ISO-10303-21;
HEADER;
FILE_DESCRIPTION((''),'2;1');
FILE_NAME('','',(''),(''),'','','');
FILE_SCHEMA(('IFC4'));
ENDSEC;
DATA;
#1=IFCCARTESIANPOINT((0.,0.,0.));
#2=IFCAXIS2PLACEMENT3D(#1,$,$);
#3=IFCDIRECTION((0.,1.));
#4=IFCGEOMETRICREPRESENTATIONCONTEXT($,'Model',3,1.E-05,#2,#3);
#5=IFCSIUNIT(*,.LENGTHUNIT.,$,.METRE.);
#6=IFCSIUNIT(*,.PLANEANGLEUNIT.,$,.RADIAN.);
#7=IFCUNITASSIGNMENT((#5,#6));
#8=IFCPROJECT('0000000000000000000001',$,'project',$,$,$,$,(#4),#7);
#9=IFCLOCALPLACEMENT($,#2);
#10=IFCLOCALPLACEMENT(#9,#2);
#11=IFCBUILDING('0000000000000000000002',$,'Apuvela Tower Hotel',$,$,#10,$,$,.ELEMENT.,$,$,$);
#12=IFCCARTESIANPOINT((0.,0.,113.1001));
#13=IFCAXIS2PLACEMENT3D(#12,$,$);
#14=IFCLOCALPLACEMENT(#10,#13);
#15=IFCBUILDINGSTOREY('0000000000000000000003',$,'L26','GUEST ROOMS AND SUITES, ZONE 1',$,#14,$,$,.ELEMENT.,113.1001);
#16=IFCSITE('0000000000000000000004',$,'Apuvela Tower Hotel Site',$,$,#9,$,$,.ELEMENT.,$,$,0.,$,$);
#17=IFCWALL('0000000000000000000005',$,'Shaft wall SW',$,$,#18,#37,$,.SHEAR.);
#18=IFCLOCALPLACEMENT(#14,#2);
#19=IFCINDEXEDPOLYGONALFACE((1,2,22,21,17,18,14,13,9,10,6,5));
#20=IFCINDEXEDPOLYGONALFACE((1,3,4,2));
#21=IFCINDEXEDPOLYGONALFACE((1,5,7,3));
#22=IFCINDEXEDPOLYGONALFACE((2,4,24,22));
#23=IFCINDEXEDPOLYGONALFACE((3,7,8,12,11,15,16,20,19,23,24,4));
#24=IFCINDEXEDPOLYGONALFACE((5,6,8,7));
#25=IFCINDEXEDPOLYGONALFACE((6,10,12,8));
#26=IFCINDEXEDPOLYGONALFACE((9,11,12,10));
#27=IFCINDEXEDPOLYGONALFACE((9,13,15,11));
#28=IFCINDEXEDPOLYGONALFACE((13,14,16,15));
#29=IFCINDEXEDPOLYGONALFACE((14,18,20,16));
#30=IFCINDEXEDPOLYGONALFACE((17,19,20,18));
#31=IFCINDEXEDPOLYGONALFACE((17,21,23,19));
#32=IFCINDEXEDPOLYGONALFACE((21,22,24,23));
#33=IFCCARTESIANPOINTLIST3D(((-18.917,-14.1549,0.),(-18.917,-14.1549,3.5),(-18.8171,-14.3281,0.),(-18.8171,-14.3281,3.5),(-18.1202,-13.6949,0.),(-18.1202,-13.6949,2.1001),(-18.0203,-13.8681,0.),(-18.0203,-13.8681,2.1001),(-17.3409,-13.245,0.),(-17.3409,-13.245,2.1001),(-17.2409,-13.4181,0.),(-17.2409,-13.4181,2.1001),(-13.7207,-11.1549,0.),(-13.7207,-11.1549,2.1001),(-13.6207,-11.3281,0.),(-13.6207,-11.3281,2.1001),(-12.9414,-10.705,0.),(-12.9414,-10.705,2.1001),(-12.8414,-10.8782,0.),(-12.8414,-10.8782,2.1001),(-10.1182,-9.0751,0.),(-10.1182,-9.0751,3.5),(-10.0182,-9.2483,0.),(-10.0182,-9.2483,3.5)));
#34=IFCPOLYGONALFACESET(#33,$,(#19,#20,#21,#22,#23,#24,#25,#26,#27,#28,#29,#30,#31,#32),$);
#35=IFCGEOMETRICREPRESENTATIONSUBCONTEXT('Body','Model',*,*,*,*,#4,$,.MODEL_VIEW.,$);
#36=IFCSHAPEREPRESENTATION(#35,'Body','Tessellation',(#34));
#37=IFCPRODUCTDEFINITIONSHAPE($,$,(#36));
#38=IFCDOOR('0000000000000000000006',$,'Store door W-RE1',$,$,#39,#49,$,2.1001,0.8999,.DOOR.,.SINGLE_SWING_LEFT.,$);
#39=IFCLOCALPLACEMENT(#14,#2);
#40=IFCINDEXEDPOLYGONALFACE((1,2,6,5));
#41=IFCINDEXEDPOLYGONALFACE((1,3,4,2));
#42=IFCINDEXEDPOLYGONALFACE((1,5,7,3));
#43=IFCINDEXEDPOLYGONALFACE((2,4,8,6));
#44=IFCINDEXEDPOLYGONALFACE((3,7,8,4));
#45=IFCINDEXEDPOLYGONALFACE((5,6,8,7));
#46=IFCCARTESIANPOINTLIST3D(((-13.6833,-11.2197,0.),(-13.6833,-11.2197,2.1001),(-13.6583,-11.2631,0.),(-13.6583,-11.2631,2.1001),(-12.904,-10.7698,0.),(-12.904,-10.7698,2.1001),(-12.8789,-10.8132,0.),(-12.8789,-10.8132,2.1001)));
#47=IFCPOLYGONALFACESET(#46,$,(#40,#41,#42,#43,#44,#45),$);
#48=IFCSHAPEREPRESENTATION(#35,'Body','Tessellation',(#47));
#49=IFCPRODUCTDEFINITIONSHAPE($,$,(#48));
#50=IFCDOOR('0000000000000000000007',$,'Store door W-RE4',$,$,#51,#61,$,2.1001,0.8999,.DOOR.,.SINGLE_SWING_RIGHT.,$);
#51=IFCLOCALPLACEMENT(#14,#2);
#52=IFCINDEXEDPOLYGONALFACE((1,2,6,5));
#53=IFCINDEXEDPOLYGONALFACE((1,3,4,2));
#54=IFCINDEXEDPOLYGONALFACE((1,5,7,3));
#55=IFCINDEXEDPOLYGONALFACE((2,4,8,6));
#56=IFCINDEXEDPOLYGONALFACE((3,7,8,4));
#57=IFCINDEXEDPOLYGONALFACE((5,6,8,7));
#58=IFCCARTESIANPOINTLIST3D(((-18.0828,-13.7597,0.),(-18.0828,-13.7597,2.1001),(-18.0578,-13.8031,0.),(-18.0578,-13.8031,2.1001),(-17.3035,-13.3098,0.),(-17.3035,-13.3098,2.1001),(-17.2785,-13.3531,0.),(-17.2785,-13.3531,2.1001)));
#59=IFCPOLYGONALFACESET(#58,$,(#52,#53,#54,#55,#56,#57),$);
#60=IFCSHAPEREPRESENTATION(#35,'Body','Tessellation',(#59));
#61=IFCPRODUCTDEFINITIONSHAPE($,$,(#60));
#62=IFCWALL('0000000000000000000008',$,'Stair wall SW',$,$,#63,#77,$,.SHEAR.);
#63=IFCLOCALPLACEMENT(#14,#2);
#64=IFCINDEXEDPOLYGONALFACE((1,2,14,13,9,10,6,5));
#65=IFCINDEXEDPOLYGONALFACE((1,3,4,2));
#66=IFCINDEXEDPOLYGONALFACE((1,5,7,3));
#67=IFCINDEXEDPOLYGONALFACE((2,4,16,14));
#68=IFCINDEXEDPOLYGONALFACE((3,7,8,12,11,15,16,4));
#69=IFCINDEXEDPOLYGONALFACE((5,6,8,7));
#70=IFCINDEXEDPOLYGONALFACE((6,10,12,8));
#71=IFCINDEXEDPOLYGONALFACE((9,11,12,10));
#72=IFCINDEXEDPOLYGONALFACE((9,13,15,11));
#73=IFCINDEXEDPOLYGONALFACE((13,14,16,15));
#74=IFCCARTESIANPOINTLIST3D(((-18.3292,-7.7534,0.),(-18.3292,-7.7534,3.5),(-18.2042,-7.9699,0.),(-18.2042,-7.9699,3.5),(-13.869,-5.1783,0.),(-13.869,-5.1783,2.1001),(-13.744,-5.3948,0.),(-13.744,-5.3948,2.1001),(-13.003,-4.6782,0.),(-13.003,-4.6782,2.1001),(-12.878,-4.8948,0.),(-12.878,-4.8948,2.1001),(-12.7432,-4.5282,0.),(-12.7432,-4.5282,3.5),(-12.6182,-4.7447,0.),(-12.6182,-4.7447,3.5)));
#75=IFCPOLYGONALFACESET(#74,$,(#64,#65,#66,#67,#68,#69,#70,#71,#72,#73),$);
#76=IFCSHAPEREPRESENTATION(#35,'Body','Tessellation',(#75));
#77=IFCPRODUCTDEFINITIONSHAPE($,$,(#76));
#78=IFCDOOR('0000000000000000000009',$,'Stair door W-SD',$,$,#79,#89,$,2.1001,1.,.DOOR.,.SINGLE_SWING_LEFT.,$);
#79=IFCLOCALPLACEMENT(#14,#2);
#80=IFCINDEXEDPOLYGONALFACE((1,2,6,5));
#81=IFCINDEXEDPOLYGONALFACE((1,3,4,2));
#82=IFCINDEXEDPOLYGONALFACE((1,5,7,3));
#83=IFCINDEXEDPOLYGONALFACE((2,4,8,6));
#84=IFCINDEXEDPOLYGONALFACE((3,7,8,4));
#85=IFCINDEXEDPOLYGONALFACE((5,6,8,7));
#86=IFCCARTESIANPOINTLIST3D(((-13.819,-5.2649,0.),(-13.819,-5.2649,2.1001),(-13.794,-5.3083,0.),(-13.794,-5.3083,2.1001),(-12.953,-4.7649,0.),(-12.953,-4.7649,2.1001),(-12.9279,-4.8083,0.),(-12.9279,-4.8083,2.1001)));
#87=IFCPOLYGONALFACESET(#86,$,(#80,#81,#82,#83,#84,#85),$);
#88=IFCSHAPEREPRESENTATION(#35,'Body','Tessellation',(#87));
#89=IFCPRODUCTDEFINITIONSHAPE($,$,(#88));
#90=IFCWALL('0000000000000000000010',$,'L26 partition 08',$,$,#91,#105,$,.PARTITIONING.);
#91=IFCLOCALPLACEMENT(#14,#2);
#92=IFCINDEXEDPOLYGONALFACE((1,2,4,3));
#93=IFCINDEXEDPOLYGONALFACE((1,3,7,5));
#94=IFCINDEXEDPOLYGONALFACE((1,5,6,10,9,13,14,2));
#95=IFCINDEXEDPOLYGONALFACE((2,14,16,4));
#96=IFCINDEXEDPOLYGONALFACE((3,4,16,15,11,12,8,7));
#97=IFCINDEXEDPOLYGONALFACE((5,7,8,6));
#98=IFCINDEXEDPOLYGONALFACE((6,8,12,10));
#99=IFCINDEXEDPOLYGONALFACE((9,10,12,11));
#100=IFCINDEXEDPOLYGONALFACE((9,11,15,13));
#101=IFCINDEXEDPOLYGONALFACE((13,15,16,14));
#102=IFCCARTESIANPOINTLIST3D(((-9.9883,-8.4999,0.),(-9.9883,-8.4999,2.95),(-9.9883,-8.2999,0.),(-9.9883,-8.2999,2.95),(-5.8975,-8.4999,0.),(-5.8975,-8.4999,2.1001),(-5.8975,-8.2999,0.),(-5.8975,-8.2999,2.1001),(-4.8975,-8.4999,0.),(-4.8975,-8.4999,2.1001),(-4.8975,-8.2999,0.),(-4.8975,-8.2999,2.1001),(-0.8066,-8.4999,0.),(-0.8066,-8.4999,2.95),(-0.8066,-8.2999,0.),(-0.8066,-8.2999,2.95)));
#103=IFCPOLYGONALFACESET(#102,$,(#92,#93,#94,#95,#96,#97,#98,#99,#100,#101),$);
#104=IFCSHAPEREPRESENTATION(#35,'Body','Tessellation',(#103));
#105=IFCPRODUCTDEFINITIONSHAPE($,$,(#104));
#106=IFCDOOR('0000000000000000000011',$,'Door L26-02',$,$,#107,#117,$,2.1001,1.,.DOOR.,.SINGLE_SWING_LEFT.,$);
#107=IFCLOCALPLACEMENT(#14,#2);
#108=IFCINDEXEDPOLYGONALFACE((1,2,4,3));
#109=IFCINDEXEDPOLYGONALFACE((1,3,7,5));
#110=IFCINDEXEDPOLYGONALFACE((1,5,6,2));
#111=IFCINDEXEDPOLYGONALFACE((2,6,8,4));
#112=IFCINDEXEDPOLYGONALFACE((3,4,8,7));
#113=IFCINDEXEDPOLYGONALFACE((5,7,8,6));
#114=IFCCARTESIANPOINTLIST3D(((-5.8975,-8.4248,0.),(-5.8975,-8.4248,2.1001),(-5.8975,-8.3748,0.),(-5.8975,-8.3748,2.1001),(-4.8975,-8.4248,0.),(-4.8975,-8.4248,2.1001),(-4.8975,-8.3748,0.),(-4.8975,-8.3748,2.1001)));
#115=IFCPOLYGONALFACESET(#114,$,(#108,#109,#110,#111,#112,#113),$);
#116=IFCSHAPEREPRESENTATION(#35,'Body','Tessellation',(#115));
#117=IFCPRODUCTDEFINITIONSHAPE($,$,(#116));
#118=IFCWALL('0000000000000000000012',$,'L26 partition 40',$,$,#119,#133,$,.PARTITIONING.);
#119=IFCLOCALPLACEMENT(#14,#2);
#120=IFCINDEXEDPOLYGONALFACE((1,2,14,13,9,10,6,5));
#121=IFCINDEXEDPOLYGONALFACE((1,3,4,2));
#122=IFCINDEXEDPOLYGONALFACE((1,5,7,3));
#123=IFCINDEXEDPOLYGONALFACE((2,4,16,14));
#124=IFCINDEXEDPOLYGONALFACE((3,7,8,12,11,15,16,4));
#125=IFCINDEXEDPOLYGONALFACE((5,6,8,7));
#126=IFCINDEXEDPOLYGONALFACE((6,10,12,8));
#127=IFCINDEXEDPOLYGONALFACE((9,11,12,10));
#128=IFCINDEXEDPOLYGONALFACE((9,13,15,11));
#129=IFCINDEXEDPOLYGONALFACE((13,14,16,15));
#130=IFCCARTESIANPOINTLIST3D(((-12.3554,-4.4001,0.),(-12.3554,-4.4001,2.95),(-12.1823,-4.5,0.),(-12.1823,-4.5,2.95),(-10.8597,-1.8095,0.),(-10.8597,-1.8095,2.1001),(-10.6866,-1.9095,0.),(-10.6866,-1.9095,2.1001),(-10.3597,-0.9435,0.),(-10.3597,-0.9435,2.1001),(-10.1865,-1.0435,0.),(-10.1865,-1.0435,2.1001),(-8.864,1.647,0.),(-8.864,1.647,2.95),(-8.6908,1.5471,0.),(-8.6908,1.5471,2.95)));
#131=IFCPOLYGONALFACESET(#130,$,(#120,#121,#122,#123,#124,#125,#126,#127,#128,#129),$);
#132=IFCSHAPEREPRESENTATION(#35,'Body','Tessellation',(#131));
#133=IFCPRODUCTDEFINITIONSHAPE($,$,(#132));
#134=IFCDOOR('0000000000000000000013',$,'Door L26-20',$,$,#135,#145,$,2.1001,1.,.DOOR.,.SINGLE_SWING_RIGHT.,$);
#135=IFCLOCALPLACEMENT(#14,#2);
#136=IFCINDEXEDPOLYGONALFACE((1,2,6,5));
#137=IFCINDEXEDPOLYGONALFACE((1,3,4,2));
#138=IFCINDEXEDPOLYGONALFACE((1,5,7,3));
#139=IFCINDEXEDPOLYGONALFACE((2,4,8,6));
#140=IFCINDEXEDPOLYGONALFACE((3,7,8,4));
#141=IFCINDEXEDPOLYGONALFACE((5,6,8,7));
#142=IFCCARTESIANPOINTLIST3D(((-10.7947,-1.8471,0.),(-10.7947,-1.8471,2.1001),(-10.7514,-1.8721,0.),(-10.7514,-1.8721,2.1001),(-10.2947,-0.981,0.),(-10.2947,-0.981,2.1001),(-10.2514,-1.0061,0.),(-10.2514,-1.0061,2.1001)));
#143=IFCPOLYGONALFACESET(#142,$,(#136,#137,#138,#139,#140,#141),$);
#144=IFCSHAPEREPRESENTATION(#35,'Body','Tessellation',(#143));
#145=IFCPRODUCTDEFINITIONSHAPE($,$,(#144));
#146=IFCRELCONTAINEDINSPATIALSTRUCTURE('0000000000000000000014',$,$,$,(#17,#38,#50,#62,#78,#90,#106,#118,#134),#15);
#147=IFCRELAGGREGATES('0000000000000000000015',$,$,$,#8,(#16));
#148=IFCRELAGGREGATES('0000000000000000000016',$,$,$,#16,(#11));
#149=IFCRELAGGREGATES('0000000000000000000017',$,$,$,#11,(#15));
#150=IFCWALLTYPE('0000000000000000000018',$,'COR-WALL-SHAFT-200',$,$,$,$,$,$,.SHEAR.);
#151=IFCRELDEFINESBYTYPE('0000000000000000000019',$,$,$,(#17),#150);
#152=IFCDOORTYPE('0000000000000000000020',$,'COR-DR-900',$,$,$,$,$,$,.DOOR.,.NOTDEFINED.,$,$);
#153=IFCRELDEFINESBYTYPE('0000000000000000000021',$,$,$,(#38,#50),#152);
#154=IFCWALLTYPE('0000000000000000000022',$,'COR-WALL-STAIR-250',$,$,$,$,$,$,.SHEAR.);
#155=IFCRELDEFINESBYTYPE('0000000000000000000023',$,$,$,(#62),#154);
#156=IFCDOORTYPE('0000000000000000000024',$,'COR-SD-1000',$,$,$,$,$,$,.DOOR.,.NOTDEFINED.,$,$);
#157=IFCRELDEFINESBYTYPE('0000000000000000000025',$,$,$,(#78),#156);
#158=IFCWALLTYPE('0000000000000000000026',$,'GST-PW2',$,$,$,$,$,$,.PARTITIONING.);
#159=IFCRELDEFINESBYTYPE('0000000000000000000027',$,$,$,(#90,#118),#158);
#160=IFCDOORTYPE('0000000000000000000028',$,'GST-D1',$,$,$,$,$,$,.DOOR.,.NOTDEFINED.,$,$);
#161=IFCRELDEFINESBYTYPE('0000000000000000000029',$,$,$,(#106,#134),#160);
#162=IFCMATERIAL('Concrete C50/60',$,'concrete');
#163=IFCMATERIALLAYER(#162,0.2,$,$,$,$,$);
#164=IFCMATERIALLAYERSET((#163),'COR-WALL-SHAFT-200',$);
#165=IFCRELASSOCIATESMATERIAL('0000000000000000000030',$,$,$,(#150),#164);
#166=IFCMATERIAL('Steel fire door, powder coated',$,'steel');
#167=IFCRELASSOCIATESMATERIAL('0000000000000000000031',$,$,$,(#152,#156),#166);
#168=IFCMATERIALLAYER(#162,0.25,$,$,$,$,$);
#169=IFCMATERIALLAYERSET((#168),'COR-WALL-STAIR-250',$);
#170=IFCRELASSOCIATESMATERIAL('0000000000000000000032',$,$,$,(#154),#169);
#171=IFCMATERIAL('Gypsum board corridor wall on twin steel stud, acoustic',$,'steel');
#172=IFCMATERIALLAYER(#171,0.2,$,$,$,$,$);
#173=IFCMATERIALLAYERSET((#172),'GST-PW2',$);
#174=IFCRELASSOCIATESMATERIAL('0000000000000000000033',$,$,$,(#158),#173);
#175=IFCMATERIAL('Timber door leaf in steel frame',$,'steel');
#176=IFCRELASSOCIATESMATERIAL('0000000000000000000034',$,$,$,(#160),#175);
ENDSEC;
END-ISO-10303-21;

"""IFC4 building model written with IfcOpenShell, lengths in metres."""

from ifc_helpers import new_model, si_unit, direction, frame, frame_2d, origin, place, context, subcontext, project, spatial, rectangle, extrude, material, layer, layer_set, type_object, element, fill, save


model = new_model("IFC4")

# Units and contexts
model_context = context("Model", 3, precision=1e-05, world=origin(), true_north=direction((0.0, 1.0)))
body_context = subcontext(model_context, "Body", "Model", "MODEL_VIEW")
ifc_project = project(units=[si_unit("LENGTHUNIT", "METRE"), si_unit("PLANEANGLEUNIT", "RADIAN")], contexts=[model_context])

# Site, building, storey
site_placement = place(None, origin())
site = spatial("IfcSite", under=ifc_project, at=site_placement, Name="Apuvela Tower Hotel Site", CompositionType="ELEMENT", RefElevation=0.0)
building_placement = place(site_placement, origin())
building = spatial("IfcBuilding", under=site, at=building_placement, Name="Apuvela Tower Hotel", CompositionType="ELEMENT")
storey_placement = place(building_placement, frame((0.0, 0.0, 113.1001)))
storey = spatial("IfcBuildingStorey", under=building, at=storey_placement, Name="L26", Description="GUEST ROOMS AND SUITES, ZONE 1", CompositionType="ELEMENT", Elevation=113.1001)

# Shared definitions
ifc_material_1 = material(Name="Concrete C50/60", Category="concrete")
ifc_material_2 = material(Name="Steel fire door, powder coated", Category="steel")

# Shared definitions
ifc_layer_1 = layer(ifc_material_1, 0.2)
ifc_layer_set_1 = layer_set([ifc_layer_1], Name="COR-WALL-SHAFT-200")
wall_type_1 = type_object("IfcWallType", Name="COR-WALL-SHAFT-200", PredefinedType="SHEAR", material=ifc_layer_set_1)

# Wall, openings, doors
wall_1_placement = place(storey_placement, frame((-10.0681, -9.1616, 0.0), z_axis=(0.0, 0.0, 1.0), x_axis=(-0.866033, -0.499987, 0.0)))
wall_1 = element("IfcWall", 1, at=wall_1_placement, inside=storey, type_object=wall_type_1, Name="Shaft wall SW", PredefinedType="SHEAR", context=body_context, shape_type="SweptSolid", body=[
    extrude(rectangle(XDim=10.1599, YDim=0.2, at=frame_2d((5.0801, 0.0))), origin(), (0.0, 0.0, 1.0), 3.5),
])
opening_1_placement = place(wall_1_placement, frame((3.26, 0.0, 0.0)))
opening_1 = element("IfcOpeningElement", 2, at=opening_1_placement, cuts=wall_1, PredefinedType="OPENING", context=body_context, shape_type="SweptSolid", body=[
    extrude(rectangle(XDim=0.8999, YDim=2.1001, at=frame_2d((0.45, 1.05))), frame((0.0, 0.1099, 0.0), z_axis=(0.0, -1.0, 0.0), x_axis=(1.0, 0.0, 0.0)), (0.0, 0.0, 1.0), 0.22),
])
opening_2_placement = place(wall_1_placement, frame((8.3401, 0.0, 0.0)))
opening_2 = element("IfcOpeningElement", 3, at=opening_2_placement, cuts=wall_1, PredefinedType="OPENING", context=body_context, shape_type="SweptSolid", body=[
    extrude(rectangle(XDim=0.8999, YDim=2.1001, at=frame_2d((0.45, 1.05))), frame((0.0, 0.1099, 0.0), z_axis=(0.0, -1.0, 0.0), x_axis=(1.0, 0.0, 0.0)), (0.0, 0.0, 1.0), 0.22),
])
door_type_1 = type_object("IfcDoorType", Name="COR-DR-900", OperationType="NOTDEFINED", PredefinedType="DOOR", material=ifc_material_2)
door_1_placement = place(opening_1_placement, origin())
door_1 = element("IfcDoor", 4, at=door_1_placement, inside=storey, type_object=door_type_1, Name="Store door W-RE1", OperationType="SINGLE_SWING_LEFT", OverallHeight=2.1001, OverallWidth=0.8999, PredefinedType="DOOR", context=body_context, shape_type="SweptSolid", body=[
    extrude(rectangle(XDim=0.8999, YDim=2.1001, at=frame_2d((0.45, 1.05))), frame((0.0, 0.0249, 0.0), z_axis=(0.0, -1.0, 0.0), x_axis=(1.0, 0.0, 0.0)), (0.0, 0.0, 1.0), 0.05),
])
fill(opening_1, door_1)
door_2_placement = place(opening_2_placement, origin())
door_2 = element("IfcDoor", 5, at=door_2_placement, inside=storey, type_object=door_type_1, Name="Store door W-RE4", OperationType="SINGLE_SWING_RIGHT", OverallHeight=2.1001, OverallWidth=0.8999, PredefinedType="DOOR", context=body_context, shape_type="SweptSolid", body=[
    extrude(rectangle(XDim=0.8999, YDim=2.1001, at=frame_2d((0.45, 1.05))), frame((0.0, 0.0249, 0.0), z_axis=(0.0, -1.0, 0.0), x_axis=(1.0, 0.0, 0.0)), (0.0, 0.0, 1.0), 0.05),
])
fill(opening_2, door_2)

# Walls, openings, doors
ifc_layer_2 = layer(ifc_material_1, 0.25)
ifc_layer_set_2 = layer_set([ifc_layer_2], Name="COR-WALL-STAIR-250")
wall_type_2 = type_object("IfcWallType", Name="COR-WALL-STAIR-250", PredefinedType="SHEAR", material=ifc_layer_set_2)
wall_2_placement = place(storey_placement, frame((-12.6807, -4.6365, 0.0), z_axis=(0.0, 0.0, 1.0), x_axis=(-0.866022, -0.500006, 0.0)))
wall_2 = element("IfcWall", 6, at=wall_2_placement, inside=storey, type_object=wall_type_2, Name="Stair wall SW", PredefinedType="SHEAR", context=body_context, shape_type="SweptSolid", body=[
    extrude(rectangle(XDim=6.4502, YDim=0.25, at=frame_2d((3.2251, 0.0))), origin(), (0.0, 0.0, 1.0), 3.5),
])
opening_3_placement = place(wall_2_placement, frame((0.3, 0.0, 0.0)))
opening_3 = element("IfcOpeningElement", 7, at=opening_3_placement, cuts=wall_2, PredefinedType="OPENING", context=body_context, shape_type="SweptSolid", body=[
    extrude(rectangle(XDim=1.0, YDim=2.1001, at=frame_2d((0.5, 1.05))), frame((0.0, 0.135, 0.0), z_axis=(0.0, -1.0, 0.0), x_axis=(1.0, 0.0, 0.0)), (0.0, 0.0, 1.0), 0.27),
])
door_type_2 = type_object("IfcDoorType", Name="COR-SD-1000", OperationType="NOTDEFINED", PredefinedType="DOOR", material=ifc_material_2)
door_3_placement = place(opening_3_placement, frame((1.0, 0.0, 0.0), z_axis=(0.0, 0.0, 1.0), x_axis=(-1.0, 0.0, 0.0)))
door_3 = element("IfcDoor", 8, at=door_3_placement, inside=storey, type_object=door_type_2, Name="Stair door W-SD", OperationType="SINGLE_SWING_LEFT", OverallHeight=2.1001, OverallWidth=1.0, PredefinedType="DOOR", context=body_context, shape_type="SweptSolid", body=[
    extrude(rectangle(XDim=1.0, YDim=2.1001, at=frame_2d((0.5, 1.05))), frame((0.0, 0.0249, 0.0), z_axis=(0.0, -1.0, 0.0), x_axis=(1.0, 0.0, 0.0)), (0.0, 0.0, 1.0), 0.05),
])
fill(opening_3, door_3)
ifc_material_3 = material(Name="Gypsum board corridor wall on twin steel stud, acoustic", Category="steel")
ifc_layer_3 = layer(ifc_material_3, 0.2)
ifc_layer_set_3 = layer_set([ifc_layer_3], Name="GST-PW2")
wall_type_3 = type_object("IfcWallType", Name="GST-PW2", PredefinedType="PARTITIONING", material=ifc_layer_set_3)
wall_3_placement = place(storey_placement, frame((-0.8066, -8.3999, 0.0), z_axis=(0.0, 0.0, 1.0), x_axis=(-1.0, 0.0, 0.0)))
wall_3 = element("IfcWall", 9, at=wall_3_placement, inside=storey, type_object=wall_type_3, Name="L26 partition 08", PredefinedType="PARTITIONING", context=body_context, shape_type="SweptSolid", body=[
    extrude(rectangle(XDim=9.1816, YDim=0.2, at=frame_2d((4.5908, 0.0))), origin(), (0.0, 0.0, 1.0), 2.95),
])
opening_4_placement = place(wall_3_placement, frame((4.0908, 0.0, 0.0)))
opening_4 = element("IfcOpeningElement", 10, at=opening_4_placement, cuts=wall_3, PredefinedType="OPENING", context=body_context, shape_type="SweptSolid", body=[
    extrude(rectangle(XDim=1.0, YDim=2.1001, at=frame_2d((0.5, 1.05))), frame((0.0, 0.1099, 0.0), z_axis=(0.0, -1.0, 0.0), x_axis=(1.0, 0.0, 0.0)), (0.0, 0.0, 1.0), 0.22),
])
ifc_material_4 = material(Name="Timber door leaf in steel frame", Category="steel")
door_type_3 = type_object("IfcDoorType", Name="GST-D1", OperationType="NOTDEFINED", PredefinedType="DOOR", material=ifc_material_4)
door_4_placement = place(opening_4_placement, origin())
door_4 = element("IfcDoor", 11, at=door_4_placement, inside=storey, type_object=door_type_3, Name="Door L26-02", OperationType="SINGLE_SWING_LEFT", OverallHeight=2.1001, OverallWidth=1.0, PredefinedType="DOOR", context=body_context, shape_type="SweptSolid", body=[
    extrude(rectangle(XDim=1.0, YDim=2.1001, at=frame_2d((0.5, 1.05))), frame((0.0, 0.0249, 0.0), z_axis=(0.0, -1.0, 0.0), x_axis=(1.0, 0.0, 0.0)), (0.0, 0.0, 1.0), 0.05),
])
fill(opening_4, door_4)
wall_4_placement = place(storey_placement, frame((-12.2688, -4.45, 0.0), z_axis=(0.0, 0.0, 1.0), x_axis=(0.500016, 0.866016, 0.0)))
wall_4 = element("IfcWall", 12, at=wall_4_placement, inside=storey, type_object=wall_type_3, Name="L26 partition 40", PredefinedType="PARTITIONING", context=body_context, shape_type="SweptSolid", body=[
    extrude(rectangle(XDim=6.9827, YDim=0.2, at=frame_2d((3.4912, 0.0))), origin(), (0.0, 0.0, 1.0), 2.95),
])
opening_5_placement = place(wall_4_placement, frame((2.9912, 0.0, 0.0)))
opening_5 = element("IfcOpeningElement", 13, at=opening_5_placement, cuts=wall_4, PredefinedType="OPENING", context=body_context, shape_type="SweptSolid", body=[
    extrude(rectangle(XDim=1.0, YDim=2.1001, at=frame_2d((0.5, 1.05))), frame((0.0, 0.1099, 0.0), z_axis=(0.0, -1.0, 0.0), x_axis=(1.0, 0.0, 0.0)), (0.0, 0.0, 1.0), 0.22),
])
door_5_placement = place(opening_5_placement, origin())
door_5 = element("IfcDoor", 14, at=door_5_placement, inside=storey, type_object=door_type_3, Name="Door L26-20", OperationType="SINGLE_SWING_RIGHT", OverallHeight=2.1001, OverallWidth=1.0, PredefinedType="DOOR", context=body_context, shape_type="SweptSolid", body=[
    extrude(rectangle(XDim=1.0, YDim=2.1001, at=frame_2d((0.5, 1.05))), frame((0.0, 0.0249, 0.0), z_axis=(0.0, -1.0, 0.0), x_axis=(1.0, 0.0, 0.0)), (0.0, 0.0, 1.0), 0.05),
])
fill(opening_5, door_5)

save(model, "model.ifc")
